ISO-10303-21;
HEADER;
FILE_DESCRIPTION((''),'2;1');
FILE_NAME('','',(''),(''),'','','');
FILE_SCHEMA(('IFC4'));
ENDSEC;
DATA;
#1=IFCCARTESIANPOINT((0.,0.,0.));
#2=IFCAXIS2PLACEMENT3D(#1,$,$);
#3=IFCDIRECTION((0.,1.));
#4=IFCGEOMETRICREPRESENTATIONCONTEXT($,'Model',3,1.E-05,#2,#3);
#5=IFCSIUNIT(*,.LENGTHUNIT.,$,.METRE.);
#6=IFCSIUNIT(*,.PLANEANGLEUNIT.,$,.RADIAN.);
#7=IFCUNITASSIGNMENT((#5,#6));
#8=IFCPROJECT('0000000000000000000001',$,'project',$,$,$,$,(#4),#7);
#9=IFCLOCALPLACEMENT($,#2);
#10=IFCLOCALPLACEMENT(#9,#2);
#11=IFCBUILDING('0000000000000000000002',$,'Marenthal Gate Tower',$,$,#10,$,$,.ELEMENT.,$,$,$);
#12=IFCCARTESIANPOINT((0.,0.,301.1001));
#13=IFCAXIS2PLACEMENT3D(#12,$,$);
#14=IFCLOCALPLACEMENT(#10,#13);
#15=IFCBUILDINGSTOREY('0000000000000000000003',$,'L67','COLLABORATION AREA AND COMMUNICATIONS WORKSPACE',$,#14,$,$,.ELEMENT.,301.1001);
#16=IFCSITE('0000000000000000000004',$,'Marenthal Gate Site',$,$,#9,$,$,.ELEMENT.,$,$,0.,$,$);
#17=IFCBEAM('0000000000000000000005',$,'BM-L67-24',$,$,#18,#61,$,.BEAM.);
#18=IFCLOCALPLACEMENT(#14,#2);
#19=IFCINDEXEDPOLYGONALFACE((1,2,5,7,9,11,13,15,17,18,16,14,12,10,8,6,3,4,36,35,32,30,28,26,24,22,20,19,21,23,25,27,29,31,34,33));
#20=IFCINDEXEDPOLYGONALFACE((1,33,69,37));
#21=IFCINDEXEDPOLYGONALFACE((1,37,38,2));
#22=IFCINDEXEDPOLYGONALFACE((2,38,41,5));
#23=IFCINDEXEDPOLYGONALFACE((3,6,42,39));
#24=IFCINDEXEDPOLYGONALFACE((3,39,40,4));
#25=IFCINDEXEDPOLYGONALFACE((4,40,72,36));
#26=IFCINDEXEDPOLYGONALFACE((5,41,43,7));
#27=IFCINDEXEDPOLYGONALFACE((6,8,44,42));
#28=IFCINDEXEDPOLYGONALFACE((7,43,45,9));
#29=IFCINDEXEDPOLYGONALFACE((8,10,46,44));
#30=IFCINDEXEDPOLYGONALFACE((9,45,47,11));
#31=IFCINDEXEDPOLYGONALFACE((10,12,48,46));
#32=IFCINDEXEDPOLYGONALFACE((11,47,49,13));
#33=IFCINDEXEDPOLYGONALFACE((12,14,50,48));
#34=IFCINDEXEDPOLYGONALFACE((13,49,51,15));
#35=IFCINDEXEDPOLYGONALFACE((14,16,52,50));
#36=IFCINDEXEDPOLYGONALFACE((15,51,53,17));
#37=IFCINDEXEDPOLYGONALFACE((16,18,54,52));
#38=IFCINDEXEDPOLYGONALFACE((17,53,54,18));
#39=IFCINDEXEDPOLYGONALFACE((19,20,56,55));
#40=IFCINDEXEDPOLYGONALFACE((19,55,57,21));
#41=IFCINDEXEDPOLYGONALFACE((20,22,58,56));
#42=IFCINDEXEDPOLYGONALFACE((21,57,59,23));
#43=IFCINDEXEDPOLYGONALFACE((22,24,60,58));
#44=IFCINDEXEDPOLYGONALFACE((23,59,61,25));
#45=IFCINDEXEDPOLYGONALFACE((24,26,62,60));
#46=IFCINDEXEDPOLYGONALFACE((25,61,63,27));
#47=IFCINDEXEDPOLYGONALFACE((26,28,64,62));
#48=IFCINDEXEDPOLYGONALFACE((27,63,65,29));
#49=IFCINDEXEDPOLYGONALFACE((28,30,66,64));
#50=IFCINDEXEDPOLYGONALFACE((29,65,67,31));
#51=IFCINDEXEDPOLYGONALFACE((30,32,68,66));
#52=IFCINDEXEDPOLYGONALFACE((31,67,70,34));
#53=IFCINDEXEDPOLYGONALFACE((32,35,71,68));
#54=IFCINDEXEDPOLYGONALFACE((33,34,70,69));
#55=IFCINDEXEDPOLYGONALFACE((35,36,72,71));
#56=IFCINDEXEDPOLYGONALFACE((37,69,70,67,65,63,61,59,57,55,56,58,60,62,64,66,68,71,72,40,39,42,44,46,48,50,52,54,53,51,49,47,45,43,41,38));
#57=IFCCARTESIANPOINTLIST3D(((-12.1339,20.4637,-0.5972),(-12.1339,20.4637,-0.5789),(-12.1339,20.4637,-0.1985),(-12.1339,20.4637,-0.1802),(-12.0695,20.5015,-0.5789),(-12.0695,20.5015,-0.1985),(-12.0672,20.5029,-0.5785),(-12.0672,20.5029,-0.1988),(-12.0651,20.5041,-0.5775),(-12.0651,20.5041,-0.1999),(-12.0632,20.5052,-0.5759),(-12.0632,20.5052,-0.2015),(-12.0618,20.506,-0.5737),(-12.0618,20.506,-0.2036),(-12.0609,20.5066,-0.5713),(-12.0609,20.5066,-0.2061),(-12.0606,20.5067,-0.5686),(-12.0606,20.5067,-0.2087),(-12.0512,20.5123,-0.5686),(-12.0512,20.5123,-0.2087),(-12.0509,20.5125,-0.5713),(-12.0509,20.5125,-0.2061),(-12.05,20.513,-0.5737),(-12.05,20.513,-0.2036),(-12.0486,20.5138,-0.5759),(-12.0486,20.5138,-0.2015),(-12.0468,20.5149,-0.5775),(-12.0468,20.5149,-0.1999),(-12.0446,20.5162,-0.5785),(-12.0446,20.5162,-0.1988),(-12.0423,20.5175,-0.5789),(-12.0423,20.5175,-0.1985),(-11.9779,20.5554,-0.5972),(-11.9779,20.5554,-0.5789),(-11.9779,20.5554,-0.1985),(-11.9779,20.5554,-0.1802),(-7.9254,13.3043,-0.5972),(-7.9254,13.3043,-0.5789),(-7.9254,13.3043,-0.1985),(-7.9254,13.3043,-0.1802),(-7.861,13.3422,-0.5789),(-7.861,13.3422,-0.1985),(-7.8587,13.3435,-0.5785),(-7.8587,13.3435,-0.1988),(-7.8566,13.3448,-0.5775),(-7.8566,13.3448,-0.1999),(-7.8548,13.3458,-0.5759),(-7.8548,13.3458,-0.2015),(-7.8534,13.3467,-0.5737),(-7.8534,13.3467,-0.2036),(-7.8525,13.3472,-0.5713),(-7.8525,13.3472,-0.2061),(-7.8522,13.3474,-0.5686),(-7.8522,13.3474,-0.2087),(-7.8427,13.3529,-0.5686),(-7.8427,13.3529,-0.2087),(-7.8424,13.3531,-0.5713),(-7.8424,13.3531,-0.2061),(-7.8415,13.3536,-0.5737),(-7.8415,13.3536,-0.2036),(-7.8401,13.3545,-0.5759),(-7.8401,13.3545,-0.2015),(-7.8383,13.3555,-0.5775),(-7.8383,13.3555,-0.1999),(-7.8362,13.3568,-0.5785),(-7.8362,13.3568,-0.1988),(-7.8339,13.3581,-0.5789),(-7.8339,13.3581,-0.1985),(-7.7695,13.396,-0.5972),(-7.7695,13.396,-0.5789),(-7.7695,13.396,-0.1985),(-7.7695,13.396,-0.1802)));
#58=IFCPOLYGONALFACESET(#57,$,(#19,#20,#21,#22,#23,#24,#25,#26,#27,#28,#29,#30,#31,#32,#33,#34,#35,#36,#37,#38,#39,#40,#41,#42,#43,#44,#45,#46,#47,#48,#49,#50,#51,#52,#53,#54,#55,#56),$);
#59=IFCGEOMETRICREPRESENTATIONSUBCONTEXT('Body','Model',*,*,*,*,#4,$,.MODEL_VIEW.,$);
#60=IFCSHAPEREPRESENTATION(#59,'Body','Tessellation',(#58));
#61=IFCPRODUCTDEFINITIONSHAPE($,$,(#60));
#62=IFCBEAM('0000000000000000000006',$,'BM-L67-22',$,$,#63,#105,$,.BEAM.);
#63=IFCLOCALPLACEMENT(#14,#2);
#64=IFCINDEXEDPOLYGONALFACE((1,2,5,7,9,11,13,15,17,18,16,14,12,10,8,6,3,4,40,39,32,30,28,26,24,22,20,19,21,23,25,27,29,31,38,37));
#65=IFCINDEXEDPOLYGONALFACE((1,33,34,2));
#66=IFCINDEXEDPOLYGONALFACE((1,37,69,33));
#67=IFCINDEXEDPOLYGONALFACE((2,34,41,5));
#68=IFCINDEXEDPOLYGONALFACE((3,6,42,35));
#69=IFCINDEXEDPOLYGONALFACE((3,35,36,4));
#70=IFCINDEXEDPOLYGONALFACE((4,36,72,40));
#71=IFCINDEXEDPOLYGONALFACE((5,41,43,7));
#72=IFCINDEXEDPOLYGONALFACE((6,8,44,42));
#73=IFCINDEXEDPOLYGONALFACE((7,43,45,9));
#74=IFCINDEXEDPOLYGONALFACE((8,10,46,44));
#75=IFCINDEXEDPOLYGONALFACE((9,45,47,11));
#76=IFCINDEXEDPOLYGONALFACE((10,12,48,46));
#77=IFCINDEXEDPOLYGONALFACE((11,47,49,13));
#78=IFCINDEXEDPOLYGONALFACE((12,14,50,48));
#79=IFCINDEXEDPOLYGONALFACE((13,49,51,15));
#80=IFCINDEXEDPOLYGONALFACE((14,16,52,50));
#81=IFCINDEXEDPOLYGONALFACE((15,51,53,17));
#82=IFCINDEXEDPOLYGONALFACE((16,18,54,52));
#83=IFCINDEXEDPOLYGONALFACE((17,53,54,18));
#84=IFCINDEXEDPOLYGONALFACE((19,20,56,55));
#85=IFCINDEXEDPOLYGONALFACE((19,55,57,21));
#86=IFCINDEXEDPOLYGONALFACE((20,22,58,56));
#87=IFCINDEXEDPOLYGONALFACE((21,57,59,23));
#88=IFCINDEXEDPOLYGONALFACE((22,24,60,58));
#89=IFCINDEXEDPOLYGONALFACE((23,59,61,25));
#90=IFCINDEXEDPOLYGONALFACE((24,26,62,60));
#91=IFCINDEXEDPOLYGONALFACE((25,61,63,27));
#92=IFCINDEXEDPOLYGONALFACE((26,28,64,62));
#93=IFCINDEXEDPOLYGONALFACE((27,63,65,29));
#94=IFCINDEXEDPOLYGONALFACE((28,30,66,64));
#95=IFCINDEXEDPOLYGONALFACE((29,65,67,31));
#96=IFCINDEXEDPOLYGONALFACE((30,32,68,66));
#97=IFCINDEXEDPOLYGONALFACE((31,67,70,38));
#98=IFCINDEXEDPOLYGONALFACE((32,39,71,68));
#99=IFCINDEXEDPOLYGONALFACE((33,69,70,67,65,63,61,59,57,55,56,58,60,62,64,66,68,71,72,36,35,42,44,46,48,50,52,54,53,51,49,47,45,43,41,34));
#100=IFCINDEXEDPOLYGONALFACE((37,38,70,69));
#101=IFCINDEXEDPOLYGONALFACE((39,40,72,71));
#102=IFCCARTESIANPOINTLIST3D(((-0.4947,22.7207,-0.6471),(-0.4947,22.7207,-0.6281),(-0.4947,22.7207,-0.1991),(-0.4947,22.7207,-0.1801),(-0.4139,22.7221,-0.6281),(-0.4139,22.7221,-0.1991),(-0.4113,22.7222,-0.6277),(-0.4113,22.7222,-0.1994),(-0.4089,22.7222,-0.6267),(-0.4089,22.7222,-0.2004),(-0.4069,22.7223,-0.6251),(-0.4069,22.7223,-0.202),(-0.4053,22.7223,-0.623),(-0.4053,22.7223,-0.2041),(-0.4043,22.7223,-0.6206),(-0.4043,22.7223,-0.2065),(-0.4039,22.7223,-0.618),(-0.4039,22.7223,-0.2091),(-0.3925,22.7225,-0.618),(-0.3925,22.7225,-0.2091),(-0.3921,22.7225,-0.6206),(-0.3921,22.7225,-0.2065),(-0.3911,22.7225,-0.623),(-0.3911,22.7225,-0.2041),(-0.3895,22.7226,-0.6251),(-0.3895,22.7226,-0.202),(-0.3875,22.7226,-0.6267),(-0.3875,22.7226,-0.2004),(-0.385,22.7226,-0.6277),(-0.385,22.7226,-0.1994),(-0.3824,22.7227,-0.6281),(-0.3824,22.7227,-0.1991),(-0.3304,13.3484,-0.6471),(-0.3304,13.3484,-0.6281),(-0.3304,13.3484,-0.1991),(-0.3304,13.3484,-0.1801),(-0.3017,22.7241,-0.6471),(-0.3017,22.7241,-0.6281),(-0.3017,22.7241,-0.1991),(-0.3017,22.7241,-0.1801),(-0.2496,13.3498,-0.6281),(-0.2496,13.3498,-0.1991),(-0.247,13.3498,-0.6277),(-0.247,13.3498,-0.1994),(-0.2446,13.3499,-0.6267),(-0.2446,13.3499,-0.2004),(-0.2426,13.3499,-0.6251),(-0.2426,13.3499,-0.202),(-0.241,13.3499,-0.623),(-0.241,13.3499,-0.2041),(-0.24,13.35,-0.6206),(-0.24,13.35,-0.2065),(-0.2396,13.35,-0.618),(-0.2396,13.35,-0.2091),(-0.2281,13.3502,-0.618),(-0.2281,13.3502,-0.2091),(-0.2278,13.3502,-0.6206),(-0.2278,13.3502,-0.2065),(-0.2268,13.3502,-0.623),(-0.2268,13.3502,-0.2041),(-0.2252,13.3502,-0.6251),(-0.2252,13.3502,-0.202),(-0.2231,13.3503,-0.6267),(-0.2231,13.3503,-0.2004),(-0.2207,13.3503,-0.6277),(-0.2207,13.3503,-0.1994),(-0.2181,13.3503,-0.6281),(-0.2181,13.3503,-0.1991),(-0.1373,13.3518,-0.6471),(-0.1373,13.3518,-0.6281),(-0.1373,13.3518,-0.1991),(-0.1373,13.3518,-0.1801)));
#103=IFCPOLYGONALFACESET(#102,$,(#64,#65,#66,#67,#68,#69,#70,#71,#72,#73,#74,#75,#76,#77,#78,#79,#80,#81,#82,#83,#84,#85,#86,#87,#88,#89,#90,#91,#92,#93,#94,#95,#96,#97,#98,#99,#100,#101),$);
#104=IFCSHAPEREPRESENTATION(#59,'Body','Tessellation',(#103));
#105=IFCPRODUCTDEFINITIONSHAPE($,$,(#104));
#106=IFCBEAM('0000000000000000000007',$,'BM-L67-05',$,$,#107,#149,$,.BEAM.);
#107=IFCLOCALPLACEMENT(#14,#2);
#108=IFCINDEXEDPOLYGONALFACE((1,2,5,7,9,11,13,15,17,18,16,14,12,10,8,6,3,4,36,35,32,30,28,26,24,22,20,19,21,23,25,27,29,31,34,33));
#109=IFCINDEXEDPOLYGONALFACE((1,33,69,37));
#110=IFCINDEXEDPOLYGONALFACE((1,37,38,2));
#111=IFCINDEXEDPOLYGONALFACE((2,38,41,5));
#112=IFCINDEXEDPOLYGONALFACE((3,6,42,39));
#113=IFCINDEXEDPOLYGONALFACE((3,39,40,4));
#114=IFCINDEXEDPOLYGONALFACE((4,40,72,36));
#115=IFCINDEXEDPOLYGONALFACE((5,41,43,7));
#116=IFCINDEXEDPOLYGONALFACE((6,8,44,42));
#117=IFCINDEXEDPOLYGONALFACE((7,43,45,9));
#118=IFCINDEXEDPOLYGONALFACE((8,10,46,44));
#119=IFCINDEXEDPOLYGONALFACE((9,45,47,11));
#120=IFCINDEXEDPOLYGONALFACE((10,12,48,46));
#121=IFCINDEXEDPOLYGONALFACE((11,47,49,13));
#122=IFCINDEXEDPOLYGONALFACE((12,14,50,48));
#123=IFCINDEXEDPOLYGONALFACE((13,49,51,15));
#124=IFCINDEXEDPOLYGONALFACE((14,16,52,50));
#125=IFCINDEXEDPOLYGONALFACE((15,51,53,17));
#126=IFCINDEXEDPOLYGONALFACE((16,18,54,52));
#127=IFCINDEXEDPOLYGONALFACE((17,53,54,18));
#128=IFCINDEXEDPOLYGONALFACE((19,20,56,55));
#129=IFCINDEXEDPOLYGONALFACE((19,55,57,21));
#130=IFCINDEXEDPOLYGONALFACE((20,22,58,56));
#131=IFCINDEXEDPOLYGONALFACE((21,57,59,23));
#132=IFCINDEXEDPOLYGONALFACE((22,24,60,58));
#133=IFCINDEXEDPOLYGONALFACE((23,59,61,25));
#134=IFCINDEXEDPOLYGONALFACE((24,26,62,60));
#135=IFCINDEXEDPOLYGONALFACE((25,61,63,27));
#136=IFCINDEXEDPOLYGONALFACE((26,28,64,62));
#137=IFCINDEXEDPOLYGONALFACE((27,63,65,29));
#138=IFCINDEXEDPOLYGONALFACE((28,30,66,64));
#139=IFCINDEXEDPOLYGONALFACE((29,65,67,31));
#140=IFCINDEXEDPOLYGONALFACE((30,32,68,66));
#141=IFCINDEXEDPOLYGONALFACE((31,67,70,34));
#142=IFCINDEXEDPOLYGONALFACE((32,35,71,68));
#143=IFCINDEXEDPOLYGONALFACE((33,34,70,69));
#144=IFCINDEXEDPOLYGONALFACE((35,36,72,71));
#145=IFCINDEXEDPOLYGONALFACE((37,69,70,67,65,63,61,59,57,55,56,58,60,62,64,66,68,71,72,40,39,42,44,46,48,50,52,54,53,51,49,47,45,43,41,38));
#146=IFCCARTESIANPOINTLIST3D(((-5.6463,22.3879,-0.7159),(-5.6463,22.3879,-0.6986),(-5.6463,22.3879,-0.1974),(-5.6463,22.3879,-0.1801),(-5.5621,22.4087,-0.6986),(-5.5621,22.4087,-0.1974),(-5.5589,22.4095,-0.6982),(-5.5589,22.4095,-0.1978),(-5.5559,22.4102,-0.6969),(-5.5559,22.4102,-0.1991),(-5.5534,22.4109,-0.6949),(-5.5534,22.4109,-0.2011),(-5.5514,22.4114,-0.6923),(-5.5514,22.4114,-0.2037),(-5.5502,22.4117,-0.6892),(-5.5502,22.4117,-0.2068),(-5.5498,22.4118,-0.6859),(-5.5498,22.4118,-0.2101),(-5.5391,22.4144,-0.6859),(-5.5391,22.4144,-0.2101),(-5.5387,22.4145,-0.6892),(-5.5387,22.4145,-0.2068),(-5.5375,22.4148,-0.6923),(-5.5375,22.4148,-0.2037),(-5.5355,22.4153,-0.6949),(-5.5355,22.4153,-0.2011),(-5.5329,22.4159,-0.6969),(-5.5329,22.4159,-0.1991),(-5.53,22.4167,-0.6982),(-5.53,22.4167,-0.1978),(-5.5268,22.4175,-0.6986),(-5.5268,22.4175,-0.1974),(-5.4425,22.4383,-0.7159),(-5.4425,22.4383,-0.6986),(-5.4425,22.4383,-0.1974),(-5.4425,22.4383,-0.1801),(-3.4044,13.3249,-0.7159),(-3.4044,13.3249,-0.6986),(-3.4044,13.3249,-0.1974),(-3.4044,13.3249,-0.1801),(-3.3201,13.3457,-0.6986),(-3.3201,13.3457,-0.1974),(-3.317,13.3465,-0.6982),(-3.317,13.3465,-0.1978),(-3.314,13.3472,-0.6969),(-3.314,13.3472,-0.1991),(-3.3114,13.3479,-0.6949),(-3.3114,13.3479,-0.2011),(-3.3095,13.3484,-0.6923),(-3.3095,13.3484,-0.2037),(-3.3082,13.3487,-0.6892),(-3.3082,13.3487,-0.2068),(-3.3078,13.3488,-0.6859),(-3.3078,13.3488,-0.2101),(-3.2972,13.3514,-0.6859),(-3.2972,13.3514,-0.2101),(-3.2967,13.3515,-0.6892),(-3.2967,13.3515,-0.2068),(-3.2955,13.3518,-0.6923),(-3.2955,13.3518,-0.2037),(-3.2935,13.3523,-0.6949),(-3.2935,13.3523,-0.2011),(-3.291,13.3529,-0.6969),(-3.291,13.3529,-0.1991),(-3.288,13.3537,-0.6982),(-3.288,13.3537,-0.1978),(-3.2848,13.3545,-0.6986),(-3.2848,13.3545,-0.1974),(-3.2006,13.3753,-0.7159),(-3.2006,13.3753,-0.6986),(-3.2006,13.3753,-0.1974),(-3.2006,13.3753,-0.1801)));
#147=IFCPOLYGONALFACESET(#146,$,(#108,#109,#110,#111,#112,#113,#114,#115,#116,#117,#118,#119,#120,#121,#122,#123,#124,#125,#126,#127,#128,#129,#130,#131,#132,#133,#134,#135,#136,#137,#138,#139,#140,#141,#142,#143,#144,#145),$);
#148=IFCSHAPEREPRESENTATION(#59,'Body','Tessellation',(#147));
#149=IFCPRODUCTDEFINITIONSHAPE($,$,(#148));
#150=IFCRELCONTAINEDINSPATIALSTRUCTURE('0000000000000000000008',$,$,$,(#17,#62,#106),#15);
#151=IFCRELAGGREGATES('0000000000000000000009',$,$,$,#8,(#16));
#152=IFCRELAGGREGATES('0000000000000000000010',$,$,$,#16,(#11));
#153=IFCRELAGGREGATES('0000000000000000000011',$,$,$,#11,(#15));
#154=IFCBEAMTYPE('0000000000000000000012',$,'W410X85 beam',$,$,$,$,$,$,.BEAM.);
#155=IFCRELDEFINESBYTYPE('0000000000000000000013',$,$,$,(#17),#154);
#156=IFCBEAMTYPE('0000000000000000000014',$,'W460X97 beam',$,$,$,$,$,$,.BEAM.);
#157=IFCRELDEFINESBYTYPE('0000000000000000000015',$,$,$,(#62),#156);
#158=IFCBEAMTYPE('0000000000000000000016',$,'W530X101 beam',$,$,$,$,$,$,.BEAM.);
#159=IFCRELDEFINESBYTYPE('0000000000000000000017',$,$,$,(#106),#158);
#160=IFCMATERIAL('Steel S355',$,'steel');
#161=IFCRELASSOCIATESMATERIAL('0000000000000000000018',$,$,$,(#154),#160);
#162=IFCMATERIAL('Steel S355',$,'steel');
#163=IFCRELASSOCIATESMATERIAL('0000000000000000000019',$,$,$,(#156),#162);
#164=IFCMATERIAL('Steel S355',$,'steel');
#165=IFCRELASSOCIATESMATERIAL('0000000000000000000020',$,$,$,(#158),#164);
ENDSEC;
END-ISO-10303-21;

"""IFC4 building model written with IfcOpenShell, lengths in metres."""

from ifc_helpers import new_model, si_unit, direction, frame, origin, origin_2d, place, context, subcontext, project, spatial, i_section, extrude, material, material_profile, profile_set, type_object, element, save


model = new_model("IFC4")

# Units and contexts
model_context = context("Model", 3, precision=1e-05, world=origin(), true_north=direction((0.0, 1.0)))
body_context = subcontext(model_context, "Body", "Model", "MODEL_VIEW")
ifc_project = project(units=[si_unit("LENGTHUNIT", "METRE"), si_unit("PLANEANGLEUNIT", "RADIAN")], contexts=[model_context])

# Site, building, storey
site_placement = place(None, origin())
site = spatial("IfcSite", under=ifc_project, at=site_placement, Name="Marenthal Gate Site", CompositionType="ELEMENT", RefElevation=0.0)
building_placement = place(site_placement, origin())
building = spatial("IfcBuilding", under=site, at=building_placement, Name="Marenthal Gate Tower", CompositionType="ELEMENT")
storey_placement = place(building_placement, frame((0.0, 0.0, 301.1001)))
storey = spatial("IfcBuildingStorey", under=building, at=storey_placement, Name="L67", Description="COLLABORATION AREA AND COMMUNICATIONS WORKSPACE", CompositionType="ELEMENT", Elevation=301.1001)

# Beams
ifc_material_1 = material(Name="Steel S355", Category="steel")
ifc_material_profile_1 = material_profile(ifc_material_1, i_section(OverallWidth=0.1809, OverallDepth=0.417, WebThickness=0.011, FlangeThickness=0.0183, FilletRadius=0.0103, at=origin_2d()), Name="W410X85")
ifc_profile_set_1 = profile_set([ifc_material_profile_1], Name="Steel S355")
beam_type_1 = type_object("IfcBeamType", Name="W410X85 beam", PredefinedType="BEAM", material=ifc_profile_set_1)
beam_1_placement = place(storey_placement, frame((-12.0559, 20.5095, -0.3887), z_axis=(0.506758, -0.862088, 0.0), x_axis=(0.862088, 0.506758, 0.0)))
element("IfcBeam", 1, at=beam_1_placement, inside=storey, type_object=beam_type_1, Name="BM-L67-24", PredefinedType="BEAM", context=body_context, shape_type="SweptSolid", body=[
    extrude(i_section(OverallWidth=0.1809, OverallDepth=0.417, WebThickness=0.011, FlangeThickness=0.0183, FilletRadius=0.0103, at=origin_2d()), origin(), (0.0, 0.0, 1.0), 8.3047),
])
ifc_material_2 = material(Name="Steel S355", Category="steel")
ifc_material_profile_2 = material_profile(ifc_material_2, i_section(OverallWidth=0.1931, OverallDepth=0.467, WebThickness=0.0115, FlangeThickness=0.019, FilletRadius=0.01, at=origin_2d()), Name="W460X97")
ifc_profile_set_2 = profile_set([ifc_material_profile_2], Name="Steel S355")
beam_type_2 = type_object("IfcBeamType", Name="W460X97 beam", PredefinedType="BEAM", material=ifc_profile_set_2)
beam_2_placement = place(storey_placement, frame((-0.3982, 22.7224, -0.4136), z_axis=(0.017528, -0.999846, 0.0), x_axis=(0.999846, 0.017528, 0.0)))
element("IfcBeam", 2, at=beam_2_placement, inside=storey, type_object=beam_type_2, Name="BM-L67-22", PredefinedType="BEAM", context=body_context, shape_type="SweptSolid", body=[
    extrude(i_section(OverallWidth=0.1931, OverallDepth=0.467, WebThickness=0.0115, FlangeThickness=0.019, FilletRadius=0.01, at=origin_2d()), origin(), (0.0, 0.0, 1.0), 9.3738),
])
ifc_material_3 = material(Name="Steel S355", Category="steel")
ifc_material_profile_3 = material_profile(ifc_material_3, i_section(OverallWidth=0.21, OverallDepth=0.5359, WebThickness=0.011, FlangeThickness=0.0173, FilletRadius=0.0127, at=origin_2d()), Name="W530X101")
ifc_profile_set_3 = profile_set([ifc_material_profile_3], Name="Steel S355")
beam_type_3 = type_object("IfcBeamType", Name="W530X101 beam", PredefinedType="BEAM", material=ifc_profile_set_3)
beam_3_placement = place(storey_placement, frame((-5.5444, 22.4131, -0.448), z_axis=(0.240135, -0.970739, 0.0), x_axis=(0.970739, 0.240135, 0.0)))
element("IfcBeam", 3, at=beam_3_placement, inside=storey, type_object=beam_type_3, Name="BM-L67-05", PredefinedType="BEAM", context=body_context, shape_type="SweptSolid", body=[
    extrude(i_section(OverallWidth=0.21, OverallDepth=0.5359, WebThickness=0.011, FlangeThickness=0.0173, FilletRadius=0.0127, at=origin_2d()), origin(), (0.0, 0.0, 1.0), 9.3362),
])

save(model, "model.ifc")
